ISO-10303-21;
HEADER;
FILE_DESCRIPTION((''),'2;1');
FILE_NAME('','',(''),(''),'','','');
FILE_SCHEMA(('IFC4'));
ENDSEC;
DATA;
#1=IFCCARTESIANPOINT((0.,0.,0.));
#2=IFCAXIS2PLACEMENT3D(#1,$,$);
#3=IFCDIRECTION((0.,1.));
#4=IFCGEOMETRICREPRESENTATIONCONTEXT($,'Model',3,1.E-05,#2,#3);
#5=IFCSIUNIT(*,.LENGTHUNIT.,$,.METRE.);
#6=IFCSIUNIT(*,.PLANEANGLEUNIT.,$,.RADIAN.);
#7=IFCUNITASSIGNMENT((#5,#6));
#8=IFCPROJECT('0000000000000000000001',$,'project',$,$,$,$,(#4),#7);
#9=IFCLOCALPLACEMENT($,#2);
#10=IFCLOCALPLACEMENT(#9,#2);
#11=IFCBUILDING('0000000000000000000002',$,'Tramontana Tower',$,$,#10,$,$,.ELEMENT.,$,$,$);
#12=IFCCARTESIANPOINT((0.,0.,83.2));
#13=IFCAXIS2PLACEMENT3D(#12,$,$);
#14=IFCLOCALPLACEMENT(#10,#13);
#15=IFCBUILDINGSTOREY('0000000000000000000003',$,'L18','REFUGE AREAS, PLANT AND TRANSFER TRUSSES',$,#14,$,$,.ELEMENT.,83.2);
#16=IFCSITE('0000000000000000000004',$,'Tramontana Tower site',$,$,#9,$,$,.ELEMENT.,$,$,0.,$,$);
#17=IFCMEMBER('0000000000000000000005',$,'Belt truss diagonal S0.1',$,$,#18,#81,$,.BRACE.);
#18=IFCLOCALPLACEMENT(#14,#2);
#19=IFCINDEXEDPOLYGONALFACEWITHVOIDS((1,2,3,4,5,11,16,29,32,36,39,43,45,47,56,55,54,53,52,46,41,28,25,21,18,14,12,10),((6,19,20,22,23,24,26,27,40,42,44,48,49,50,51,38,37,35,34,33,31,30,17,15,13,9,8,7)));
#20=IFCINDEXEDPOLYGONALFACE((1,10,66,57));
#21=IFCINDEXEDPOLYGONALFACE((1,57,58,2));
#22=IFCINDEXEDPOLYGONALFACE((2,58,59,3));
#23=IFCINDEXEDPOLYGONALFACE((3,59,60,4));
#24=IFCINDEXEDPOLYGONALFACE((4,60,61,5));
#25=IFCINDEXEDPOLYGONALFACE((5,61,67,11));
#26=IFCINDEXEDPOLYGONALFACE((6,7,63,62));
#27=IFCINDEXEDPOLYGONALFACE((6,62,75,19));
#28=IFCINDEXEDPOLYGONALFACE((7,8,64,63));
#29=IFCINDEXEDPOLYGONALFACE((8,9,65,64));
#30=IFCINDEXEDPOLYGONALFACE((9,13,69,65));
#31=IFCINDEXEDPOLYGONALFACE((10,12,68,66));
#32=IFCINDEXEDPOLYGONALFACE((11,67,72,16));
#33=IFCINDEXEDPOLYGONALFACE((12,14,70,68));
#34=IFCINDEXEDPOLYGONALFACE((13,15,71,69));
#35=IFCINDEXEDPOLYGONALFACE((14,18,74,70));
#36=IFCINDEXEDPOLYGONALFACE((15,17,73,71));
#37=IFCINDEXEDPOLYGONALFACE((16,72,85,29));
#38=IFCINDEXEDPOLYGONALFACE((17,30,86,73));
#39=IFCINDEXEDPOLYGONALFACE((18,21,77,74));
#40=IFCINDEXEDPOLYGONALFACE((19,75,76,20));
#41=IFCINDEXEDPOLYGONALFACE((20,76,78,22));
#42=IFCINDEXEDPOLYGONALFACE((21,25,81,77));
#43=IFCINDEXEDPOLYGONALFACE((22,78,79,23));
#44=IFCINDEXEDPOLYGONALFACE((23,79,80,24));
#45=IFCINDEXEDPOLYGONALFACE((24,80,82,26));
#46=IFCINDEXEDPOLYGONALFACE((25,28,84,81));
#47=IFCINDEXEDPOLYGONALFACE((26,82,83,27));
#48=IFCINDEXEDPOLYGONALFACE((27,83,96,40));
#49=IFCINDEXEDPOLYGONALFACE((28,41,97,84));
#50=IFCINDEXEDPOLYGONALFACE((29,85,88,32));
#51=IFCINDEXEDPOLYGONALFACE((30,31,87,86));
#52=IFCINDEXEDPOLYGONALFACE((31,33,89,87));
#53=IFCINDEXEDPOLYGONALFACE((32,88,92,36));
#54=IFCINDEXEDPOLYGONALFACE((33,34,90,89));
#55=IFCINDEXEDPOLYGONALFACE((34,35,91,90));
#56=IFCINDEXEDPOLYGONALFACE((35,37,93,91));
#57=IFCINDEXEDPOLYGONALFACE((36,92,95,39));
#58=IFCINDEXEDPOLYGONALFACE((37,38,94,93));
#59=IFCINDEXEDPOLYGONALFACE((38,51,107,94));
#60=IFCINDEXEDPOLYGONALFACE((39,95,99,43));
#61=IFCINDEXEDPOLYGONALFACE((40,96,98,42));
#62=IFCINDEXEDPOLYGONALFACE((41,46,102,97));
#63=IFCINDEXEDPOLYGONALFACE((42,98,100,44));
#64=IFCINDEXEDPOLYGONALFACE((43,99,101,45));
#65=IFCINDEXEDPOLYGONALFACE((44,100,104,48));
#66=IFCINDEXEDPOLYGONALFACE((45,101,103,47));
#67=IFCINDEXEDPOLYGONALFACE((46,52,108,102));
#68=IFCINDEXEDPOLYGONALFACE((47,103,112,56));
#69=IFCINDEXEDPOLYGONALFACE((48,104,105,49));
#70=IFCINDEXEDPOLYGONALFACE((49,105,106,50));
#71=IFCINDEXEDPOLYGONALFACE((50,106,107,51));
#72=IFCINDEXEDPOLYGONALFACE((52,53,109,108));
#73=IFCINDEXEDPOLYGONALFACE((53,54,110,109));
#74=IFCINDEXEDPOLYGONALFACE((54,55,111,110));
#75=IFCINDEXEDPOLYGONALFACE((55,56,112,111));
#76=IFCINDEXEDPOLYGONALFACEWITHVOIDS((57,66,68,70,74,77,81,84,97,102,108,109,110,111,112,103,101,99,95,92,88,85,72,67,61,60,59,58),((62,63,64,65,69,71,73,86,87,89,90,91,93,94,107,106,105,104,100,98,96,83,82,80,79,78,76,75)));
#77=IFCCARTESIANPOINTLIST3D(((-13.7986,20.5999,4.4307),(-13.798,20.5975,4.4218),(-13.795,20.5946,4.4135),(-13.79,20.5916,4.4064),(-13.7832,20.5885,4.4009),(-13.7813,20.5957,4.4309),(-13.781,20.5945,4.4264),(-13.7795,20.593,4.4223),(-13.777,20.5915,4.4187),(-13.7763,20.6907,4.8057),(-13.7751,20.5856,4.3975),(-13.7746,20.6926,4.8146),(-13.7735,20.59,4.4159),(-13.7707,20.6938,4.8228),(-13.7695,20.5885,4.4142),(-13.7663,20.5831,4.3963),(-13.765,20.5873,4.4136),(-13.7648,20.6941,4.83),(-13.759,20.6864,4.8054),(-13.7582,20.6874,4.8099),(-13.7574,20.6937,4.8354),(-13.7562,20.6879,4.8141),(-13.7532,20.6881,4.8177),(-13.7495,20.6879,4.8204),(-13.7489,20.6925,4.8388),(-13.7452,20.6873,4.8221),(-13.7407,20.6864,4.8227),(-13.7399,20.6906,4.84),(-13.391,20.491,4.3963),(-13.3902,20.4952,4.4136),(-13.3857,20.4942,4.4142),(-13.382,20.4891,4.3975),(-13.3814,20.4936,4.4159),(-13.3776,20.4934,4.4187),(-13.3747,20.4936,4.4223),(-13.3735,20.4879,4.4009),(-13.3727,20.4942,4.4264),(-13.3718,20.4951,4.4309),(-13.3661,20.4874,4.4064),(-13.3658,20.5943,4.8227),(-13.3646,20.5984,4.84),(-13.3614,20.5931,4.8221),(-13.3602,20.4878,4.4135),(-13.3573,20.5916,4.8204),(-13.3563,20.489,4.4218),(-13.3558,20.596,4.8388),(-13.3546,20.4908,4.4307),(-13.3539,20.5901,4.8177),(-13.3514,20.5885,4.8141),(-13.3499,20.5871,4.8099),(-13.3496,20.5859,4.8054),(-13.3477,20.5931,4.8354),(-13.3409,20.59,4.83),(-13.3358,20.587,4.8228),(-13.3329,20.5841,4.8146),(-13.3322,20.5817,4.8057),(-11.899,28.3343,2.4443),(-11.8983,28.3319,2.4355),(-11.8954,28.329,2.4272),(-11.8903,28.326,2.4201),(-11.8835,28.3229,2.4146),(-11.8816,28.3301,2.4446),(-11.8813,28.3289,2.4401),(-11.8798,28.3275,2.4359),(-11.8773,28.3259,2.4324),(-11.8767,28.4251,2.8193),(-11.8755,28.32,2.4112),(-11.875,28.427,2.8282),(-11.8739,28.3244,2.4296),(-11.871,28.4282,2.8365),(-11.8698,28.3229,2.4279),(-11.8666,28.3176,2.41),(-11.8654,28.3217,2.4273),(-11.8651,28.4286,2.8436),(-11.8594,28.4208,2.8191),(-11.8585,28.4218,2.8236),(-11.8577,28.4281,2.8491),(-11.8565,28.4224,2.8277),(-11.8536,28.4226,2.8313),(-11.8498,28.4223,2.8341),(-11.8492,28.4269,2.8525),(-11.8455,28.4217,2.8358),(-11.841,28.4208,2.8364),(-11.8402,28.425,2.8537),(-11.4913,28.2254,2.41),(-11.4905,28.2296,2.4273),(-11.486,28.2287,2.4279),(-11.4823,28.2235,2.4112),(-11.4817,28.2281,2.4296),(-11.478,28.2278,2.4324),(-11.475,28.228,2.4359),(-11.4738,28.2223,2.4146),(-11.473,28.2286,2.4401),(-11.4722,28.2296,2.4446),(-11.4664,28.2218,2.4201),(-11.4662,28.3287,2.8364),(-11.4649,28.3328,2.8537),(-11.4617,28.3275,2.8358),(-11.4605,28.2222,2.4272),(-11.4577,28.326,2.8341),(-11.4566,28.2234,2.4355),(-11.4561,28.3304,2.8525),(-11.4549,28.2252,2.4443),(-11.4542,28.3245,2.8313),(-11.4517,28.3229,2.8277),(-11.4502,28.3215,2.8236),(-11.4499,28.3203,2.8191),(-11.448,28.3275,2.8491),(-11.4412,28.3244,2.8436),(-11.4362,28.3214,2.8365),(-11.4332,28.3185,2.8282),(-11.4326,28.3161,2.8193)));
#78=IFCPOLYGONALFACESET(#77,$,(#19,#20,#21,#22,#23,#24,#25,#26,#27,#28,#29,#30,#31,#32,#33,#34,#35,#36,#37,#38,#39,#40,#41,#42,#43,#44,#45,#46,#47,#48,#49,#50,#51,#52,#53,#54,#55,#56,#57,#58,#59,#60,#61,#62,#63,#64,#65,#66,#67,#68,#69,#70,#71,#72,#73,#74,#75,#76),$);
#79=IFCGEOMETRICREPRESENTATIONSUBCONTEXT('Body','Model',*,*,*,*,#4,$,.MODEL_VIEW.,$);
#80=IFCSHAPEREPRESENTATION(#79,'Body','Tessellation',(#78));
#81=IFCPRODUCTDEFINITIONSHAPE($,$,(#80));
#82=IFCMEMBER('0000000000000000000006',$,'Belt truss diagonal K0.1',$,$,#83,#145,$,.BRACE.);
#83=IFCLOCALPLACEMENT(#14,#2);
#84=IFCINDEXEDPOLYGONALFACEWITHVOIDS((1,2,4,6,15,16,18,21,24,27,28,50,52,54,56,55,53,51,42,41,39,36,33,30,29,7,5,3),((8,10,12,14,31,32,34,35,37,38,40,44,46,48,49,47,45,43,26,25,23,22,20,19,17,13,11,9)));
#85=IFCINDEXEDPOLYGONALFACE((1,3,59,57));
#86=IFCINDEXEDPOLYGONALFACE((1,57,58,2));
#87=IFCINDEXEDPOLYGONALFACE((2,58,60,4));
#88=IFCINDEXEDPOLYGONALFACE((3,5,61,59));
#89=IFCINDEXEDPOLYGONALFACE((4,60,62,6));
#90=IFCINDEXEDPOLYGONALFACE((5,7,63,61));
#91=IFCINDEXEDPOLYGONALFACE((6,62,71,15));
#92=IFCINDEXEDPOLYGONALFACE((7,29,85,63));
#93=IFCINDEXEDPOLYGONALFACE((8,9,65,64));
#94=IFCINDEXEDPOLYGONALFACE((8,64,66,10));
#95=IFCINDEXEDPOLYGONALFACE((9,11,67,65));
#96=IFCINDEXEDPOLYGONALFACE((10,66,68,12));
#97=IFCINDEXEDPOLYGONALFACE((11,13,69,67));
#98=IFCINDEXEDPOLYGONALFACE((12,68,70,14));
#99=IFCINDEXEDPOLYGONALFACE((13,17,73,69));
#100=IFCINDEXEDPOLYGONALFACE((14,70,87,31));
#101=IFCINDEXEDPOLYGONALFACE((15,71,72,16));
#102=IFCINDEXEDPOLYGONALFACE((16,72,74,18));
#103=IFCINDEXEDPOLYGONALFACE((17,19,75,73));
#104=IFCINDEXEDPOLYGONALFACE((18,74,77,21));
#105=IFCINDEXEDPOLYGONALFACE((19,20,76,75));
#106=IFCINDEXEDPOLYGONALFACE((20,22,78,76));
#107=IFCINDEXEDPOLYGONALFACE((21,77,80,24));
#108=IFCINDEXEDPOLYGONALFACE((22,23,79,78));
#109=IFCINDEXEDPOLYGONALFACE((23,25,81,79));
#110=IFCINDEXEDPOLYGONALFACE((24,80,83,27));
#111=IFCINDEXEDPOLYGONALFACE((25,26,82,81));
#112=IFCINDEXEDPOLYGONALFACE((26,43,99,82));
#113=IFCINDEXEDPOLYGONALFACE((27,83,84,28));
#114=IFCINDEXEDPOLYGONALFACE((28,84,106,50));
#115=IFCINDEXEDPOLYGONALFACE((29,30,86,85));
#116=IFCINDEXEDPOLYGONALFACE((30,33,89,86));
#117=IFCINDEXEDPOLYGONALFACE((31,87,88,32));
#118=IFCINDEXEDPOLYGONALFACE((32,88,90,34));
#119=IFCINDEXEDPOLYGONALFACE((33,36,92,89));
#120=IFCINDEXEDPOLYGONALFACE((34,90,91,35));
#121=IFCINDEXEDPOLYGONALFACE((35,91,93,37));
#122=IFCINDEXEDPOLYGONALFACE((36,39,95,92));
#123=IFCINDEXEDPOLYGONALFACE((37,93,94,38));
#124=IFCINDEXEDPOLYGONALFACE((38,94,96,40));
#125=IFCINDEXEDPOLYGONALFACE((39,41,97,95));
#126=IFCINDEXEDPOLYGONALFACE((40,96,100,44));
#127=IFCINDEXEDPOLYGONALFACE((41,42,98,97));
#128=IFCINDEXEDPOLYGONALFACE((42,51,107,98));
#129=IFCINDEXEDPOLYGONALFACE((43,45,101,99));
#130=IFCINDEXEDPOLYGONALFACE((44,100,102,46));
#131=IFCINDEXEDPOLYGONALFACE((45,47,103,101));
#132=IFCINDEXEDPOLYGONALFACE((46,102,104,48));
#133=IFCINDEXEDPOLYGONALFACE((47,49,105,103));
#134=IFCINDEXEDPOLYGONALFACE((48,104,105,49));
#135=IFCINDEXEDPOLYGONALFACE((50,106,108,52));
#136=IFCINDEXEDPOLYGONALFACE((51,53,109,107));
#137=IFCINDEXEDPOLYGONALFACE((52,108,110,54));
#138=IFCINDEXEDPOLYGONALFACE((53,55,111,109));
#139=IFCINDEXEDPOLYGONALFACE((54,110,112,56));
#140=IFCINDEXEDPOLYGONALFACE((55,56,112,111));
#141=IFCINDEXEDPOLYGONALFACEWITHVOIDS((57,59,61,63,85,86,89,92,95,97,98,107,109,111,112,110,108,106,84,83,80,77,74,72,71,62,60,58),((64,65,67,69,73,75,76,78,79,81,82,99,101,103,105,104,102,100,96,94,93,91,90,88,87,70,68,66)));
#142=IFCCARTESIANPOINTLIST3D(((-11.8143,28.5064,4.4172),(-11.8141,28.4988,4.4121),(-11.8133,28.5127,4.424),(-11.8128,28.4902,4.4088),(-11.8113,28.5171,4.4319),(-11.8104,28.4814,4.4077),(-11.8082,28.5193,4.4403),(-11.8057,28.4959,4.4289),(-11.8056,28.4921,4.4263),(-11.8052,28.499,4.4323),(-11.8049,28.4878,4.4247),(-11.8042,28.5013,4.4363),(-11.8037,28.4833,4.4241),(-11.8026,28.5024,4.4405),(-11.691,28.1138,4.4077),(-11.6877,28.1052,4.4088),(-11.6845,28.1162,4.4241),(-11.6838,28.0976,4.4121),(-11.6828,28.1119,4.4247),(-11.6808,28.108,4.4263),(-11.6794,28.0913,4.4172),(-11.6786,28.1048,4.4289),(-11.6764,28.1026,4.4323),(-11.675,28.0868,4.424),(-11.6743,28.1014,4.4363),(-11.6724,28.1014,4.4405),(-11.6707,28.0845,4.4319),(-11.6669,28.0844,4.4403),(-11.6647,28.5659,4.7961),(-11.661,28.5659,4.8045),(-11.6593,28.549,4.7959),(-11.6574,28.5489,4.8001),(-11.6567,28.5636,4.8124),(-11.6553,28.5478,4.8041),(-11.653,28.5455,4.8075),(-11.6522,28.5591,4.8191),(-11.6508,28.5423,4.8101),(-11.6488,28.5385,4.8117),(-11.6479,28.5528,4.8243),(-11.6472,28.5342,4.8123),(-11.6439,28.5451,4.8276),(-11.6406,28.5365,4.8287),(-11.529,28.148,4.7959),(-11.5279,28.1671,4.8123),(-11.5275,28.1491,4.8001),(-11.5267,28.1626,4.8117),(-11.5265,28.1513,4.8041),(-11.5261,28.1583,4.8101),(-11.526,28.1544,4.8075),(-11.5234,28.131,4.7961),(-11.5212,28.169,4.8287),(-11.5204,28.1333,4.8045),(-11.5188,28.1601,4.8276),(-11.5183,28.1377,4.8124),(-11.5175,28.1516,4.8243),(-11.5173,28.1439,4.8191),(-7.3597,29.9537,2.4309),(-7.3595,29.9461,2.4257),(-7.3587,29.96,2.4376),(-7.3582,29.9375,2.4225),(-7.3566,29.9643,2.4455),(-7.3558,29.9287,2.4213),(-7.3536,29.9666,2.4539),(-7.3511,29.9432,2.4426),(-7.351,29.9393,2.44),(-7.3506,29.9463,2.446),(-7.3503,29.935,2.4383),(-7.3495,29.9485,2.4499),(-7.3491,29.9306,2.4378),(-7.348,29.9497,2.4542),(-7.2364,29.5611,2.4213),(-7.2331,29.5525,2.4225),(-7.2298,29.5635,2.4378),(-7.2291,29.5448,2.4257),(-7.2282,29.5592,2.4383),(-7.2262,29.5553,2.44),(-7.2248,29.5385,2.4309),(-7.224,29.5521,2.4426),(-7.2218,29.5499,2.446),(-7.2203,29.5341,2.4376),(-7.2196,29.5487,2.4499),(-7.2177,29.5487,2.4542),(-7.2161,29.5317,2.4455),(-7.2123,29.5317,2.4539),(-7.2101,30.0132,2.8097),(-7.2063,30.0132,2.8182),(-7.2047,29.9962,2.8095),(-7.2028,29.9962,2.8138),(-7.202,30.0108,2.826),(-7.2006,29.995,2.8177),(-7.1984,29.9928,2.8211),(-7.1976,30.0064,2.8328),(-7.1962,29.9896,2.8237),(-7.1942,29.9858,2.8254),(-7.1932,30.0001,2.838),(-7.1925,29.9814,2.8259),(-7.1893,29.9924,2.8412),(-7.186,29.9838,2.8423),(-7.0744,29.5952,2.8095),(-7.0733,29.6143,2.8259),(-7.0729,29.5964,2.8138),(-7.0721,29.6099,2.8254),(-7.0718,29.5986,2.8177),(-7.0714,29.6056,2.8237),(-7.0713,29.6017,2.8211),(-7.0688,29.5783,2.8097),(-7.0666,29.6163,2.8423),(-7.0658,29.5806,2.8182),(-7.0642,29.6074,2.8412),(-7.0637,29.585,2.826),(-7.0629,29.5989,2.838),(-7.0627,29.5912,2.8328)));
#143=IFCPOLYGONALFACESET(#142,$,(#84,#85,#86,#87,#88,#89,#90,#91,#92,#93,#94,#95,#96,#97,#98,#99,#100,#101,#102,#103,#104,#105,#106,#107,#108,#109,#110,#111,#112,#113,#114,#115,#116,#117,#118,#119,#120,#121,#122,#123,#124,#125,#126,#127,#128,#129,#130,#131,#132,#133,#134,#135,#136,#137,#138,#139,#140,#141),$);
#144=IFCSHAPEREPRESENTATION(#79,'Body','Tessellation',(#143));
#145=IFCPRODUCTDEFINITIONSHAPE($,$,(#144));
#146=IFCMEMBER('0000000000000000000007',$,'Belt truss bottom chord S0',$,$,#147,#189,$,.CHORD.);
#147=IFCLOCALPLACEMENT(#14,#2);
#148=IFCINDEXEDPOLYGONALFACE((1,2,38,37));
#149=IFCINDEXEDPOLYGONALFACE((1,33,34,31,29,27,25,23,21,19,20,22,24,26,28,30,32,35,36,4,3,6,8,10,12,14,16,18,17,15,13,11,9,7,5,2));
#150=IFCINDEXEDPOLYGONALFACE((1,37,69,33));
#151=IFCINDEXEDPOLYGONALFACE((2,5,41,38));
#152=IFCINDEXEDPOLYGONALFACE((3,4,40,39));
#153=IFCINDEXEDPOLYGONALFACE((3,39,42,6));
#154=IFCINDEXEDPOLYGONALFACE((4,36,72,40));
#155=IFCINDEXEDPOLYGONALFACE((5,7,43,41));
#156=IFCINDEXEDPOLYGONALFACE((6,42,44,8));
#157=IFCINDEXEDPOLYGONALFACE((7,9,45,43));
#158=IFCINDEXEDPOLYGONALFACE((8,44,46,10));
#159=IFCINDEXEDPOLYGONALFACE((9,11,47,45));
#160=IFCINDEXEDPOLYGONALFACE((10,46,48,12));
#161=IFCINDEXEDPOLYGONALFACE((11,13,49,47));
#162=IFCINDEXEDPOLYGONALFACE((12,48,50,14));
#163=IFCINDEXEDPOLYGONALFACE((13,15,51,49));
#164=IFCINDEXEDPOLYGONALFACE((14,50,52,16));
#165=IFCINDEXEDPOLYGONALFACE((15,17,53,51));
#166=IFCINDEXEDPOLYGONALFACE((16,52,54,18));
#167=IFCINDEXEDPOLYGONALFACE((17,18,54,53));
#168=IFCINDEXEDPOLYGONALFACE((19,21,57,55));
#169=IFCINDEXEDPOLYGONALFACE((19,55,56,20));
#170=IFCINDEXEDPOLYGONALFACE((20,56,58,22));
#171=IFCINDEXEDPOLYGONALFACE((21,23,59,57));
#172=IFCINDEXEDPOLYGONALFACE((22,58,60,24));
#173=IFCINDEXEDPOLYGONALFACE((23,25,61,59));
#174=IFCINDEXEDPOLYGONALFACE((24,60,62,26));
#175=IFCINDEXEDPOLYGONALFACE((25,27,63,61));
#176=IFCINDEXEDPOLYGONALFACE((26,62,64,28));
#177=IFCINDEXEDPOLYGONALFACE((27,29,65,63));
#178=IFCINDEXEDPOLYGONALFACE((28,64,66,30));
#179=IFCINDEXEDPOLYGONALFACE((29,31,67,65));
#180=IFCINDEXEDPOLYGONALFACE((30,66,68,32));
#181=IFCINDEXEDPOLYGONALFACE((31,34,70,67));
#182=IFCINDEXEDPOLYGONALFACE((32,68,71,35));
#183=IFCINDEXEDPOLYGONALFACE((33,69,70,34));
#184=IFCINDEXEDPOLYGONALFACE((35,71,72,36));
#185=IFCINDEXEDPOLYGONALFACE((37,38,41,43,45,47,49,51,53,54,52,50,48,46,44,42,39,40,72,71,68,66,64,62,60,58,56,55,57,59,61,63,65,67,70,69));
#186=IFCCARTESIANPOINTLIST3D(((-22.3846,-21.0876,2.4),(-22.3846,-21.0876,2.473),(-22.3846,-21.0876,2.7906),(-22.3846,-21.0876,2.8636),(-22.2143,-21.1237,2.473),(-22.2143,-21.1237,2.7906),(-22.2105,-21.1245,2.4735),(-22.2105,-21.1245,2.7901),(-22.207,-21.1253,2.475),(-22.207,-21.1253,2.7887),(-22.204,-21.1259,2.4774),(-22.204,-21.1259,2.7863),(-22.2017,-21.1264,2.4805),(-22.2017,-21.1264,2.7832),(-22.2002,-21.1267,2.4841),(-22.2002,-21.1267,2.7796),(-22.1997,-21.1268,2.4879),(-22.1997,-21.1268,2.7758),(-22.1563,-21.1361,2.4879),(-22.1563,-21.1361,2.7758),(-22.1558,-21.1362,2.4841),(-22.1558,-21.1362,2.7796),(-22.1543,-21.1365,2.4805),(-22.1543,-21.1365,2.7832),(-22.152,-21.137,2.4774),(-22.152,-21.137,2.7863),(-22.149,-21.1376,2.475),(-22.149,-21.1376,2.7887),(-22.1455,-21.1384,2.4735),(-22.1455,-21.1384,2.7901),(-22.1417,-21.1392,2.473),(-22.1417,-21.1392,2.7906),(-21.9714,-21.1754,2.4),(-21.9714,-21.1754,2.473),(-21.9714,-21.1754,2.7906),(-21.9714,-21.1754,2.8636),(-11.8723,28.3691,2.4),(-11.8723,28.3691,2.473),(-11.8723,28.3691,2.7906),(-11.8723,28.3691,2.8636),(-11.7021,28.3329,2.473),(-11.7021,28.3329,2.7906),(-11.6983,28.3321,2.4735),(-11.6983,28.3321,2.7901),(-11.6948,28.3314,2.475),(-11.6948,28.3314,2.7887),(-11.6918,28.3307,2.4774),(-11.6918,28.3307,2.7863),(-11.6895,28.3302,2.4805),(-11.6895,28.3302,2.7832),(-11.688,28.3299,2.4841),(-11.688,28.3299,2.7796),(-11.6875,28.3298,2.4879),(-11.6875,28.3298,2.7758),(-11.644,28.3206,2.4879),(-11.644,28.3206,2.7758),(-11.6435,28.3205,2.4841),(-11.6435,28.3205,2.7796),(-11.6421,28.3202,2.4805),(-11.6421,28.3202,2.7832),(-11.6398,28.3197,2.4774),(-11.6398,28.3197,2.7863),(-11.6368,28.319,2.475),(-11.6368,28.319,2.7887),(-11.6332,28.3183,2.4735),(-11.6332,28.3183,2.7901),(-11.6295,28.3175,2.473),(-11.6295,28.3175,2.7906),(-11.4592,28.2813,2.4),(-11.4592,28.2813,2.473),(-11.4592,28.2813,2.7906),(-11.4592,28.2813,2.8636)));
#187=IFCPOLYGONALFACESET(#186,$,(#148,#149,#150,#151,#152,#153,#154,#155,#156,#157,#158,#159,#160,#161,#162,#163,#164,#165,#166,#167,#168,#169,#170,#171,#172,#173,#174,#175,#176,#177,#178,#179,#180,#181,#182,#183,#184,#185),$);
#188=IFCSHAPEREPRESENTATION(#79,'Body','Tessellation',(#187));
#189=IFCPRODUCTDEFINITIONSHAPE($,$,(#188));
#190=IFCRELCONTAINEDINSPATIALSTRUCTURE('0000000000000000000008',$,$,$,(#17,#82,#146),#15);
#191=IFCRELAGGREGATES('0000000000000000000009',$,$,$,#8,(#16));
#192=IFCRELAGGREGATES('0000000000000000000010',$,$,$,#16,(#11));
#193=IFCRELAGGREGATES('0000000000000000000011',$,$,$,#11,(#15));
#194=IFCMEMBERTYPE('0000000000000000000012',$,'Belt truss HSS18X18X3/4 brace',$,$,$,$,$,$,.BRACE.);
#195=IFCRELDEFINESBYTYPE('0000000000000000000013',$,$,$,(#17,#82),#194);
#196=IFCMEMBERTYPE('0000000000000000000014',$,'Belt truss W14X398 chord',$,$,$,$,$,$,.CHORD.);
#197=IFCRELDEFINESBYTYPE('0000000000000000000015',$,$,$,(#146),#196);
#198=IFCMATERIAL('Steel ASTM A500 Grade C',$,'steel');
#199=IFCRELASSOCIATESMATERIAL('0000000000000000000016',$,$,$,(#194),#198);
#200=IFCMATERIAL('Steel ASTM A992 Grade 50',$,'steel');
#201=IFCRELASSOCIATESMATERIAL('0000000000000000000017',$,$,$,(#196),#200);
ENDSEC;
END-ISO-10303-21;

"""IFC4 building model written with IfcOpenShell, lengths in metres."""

from ifc_helpers import new_model, si_unit, direction, frame, origin, origin_2d, place, context, subcontext, project, spatial, hollow_rectangle, i_section, extrude, material, material_profile, profile_set, type_object, element, save


model = new_model("IFC4")

# Units and contexts
model_context = context("Model", 3, precision=1e-05, world=origin(), true_north=direction((0.0, 1.0)))
body_context = subcontext(model_context, "Body", "Model", "MODEL_VIEW")
ifc_project = project(units=[si_unit("LENGTHUNIT", "METRE"), si_unit("PLANEANGLEUNIT", "RADIAN")], contexts=[model_context])

# Site, building, storey
site_placement = place(None, origin())
site = spatial("IfcSite", under=ifc_project, at=site_placement, Name="Tramontana Tower site", CompositionType="ELEMENT", RefElevation=0.0)
building_placement = place(site_placement, origin())
building = spatial("IfcBuilding", under=site, at=building_placement, Name="Tramontana Tower", CompositionType="ELEMENT")
storey_placement = place(building_placement, frame((0.0, 0.0, 83.2)))
storey = spatial("IfcBuildingStorey", under=building, at=storey_placement, Name="L18", Description="REFUGE AREAS, PLANT AND TRANSFER TRUSSES", CompositionType="ELEMENT", Elevation=83.2)

# Members
ifc_material_1 = material(Name="Steel ASTM A500 Grade C", Category="steel")
ifc_material_profile_1 = material_profile(ifc_material_1, hollow_rectangle(XDim=0.4573, YDim=0.4573, WallThickness=0.0178, InnerFilletRadius=0.0178, OuterFilletRadius=0.0354, at=origin_2d()), Name="HSS18X18X3/4")
ifc_profile_set_1 = profile_set([ifc_material_profile_1], Name="Steel ASTM A500 Grade C")
member_type_1 = type_object("IfcMemberType", Name="Belt truss HSS18X18X3/4 brace", PredefinedType="BRACE", material=ifc_profile_set_1)
member_1_placement = place(storey_placement, frame((-11.6658, 28.3252, 2.6318), z_axis=(-0.231434, -0.942273, 0.241993), x_axis=(0.971137, -0.238523, 0.0)))
element("IfcMember", 1, at=member_1_placement, inside=storey, type_object=member_type_1, Name="Belt truss diagonal S0.1", PredefinedType="BRACE", context=body_context, shape_type="SweptSolid", body=[
    extrude(hollow_rectangle(XDim=0.4573, YDim=0.4573, WallThickness=0.0178, InnerFilletRadius=0.0178, OuterFilletRadius=0.0354, at=origin_2d()), origin(), (0.0, 0.0, 1.0), 8.2083),
])
member_2_placement = place(storey_placement, frame((-7.2112, 29.7725, 2.6318), z_axis=(-0.875582, -0.28447, 0.390427), x_axis=(0.308994, -0.951064, 0.0)))
element("IfcMember", 2, at=member_2_placement, inside=storey, type_object=member_type_1, Name="Belt truss diagonal K0.1", PredefinedType="BRACE", context=body_context, shape_type="SweptSolid", body=[
    extrude(hollow_rectangle(XDim=0.4573, YDim=0.4573, WallThickness=0.0178, InnerFilletRadius=0.0178, OuterFilletRadius=0.0354, at=origin_2d()), origin(), (0.0, 0.0, 1.0), 5.0876),
])
ifc_material_2 = material(Name="Steel ASTM A992 Grade 50", Category="steel")
ifc_material_profile_2 = material_profile(ifc_material_2, i_section(OverallWidth=0.4224, OverallDepth=0.4636, WebThickness=0.0444, FlangeThickness=0.073, FilletRadius=0.0149, at=origin_2d()), Name="W14X398")
ifc_profile_set_2 = profile_set([ifc_material_profile_2], Name="Steel ASTM A992 Grade 50")
member_type_2 = type_object("IfcMemberType", Name="Belt truss W14X398 chord", PredefinedType="CHORD", material=ifc_profile_set_2)
for number, where, z_axis, x_axis, name in (
    (3, (-11.6658, 28.3252, 2.6318), (-0.20791, -0.978148, 0.0), (0.978148, -0.20791, 0.0), "Belt truss bottom chord S0"),
):
    element("IfcMember", number, at=place(storey_placement, frame(where, z_axis=z_axis, x_axis=x_axis)), inside=storey, type_object=member_type_2, Name=name, PredefinedType="CHORD", context=body_context, shape_type="SweptSolid", body=[
        extrude(i_section(OverallWidth=0.4224, OverallDepth=0.4636, WebThickness=0.0444, FlangeThickness=0.073, FilletRadius=0.0149, at=origin_2d()), origin(), (0.0, 0.0, 1.0), 50.5615),
    ])

save(model, "model.ifc")
